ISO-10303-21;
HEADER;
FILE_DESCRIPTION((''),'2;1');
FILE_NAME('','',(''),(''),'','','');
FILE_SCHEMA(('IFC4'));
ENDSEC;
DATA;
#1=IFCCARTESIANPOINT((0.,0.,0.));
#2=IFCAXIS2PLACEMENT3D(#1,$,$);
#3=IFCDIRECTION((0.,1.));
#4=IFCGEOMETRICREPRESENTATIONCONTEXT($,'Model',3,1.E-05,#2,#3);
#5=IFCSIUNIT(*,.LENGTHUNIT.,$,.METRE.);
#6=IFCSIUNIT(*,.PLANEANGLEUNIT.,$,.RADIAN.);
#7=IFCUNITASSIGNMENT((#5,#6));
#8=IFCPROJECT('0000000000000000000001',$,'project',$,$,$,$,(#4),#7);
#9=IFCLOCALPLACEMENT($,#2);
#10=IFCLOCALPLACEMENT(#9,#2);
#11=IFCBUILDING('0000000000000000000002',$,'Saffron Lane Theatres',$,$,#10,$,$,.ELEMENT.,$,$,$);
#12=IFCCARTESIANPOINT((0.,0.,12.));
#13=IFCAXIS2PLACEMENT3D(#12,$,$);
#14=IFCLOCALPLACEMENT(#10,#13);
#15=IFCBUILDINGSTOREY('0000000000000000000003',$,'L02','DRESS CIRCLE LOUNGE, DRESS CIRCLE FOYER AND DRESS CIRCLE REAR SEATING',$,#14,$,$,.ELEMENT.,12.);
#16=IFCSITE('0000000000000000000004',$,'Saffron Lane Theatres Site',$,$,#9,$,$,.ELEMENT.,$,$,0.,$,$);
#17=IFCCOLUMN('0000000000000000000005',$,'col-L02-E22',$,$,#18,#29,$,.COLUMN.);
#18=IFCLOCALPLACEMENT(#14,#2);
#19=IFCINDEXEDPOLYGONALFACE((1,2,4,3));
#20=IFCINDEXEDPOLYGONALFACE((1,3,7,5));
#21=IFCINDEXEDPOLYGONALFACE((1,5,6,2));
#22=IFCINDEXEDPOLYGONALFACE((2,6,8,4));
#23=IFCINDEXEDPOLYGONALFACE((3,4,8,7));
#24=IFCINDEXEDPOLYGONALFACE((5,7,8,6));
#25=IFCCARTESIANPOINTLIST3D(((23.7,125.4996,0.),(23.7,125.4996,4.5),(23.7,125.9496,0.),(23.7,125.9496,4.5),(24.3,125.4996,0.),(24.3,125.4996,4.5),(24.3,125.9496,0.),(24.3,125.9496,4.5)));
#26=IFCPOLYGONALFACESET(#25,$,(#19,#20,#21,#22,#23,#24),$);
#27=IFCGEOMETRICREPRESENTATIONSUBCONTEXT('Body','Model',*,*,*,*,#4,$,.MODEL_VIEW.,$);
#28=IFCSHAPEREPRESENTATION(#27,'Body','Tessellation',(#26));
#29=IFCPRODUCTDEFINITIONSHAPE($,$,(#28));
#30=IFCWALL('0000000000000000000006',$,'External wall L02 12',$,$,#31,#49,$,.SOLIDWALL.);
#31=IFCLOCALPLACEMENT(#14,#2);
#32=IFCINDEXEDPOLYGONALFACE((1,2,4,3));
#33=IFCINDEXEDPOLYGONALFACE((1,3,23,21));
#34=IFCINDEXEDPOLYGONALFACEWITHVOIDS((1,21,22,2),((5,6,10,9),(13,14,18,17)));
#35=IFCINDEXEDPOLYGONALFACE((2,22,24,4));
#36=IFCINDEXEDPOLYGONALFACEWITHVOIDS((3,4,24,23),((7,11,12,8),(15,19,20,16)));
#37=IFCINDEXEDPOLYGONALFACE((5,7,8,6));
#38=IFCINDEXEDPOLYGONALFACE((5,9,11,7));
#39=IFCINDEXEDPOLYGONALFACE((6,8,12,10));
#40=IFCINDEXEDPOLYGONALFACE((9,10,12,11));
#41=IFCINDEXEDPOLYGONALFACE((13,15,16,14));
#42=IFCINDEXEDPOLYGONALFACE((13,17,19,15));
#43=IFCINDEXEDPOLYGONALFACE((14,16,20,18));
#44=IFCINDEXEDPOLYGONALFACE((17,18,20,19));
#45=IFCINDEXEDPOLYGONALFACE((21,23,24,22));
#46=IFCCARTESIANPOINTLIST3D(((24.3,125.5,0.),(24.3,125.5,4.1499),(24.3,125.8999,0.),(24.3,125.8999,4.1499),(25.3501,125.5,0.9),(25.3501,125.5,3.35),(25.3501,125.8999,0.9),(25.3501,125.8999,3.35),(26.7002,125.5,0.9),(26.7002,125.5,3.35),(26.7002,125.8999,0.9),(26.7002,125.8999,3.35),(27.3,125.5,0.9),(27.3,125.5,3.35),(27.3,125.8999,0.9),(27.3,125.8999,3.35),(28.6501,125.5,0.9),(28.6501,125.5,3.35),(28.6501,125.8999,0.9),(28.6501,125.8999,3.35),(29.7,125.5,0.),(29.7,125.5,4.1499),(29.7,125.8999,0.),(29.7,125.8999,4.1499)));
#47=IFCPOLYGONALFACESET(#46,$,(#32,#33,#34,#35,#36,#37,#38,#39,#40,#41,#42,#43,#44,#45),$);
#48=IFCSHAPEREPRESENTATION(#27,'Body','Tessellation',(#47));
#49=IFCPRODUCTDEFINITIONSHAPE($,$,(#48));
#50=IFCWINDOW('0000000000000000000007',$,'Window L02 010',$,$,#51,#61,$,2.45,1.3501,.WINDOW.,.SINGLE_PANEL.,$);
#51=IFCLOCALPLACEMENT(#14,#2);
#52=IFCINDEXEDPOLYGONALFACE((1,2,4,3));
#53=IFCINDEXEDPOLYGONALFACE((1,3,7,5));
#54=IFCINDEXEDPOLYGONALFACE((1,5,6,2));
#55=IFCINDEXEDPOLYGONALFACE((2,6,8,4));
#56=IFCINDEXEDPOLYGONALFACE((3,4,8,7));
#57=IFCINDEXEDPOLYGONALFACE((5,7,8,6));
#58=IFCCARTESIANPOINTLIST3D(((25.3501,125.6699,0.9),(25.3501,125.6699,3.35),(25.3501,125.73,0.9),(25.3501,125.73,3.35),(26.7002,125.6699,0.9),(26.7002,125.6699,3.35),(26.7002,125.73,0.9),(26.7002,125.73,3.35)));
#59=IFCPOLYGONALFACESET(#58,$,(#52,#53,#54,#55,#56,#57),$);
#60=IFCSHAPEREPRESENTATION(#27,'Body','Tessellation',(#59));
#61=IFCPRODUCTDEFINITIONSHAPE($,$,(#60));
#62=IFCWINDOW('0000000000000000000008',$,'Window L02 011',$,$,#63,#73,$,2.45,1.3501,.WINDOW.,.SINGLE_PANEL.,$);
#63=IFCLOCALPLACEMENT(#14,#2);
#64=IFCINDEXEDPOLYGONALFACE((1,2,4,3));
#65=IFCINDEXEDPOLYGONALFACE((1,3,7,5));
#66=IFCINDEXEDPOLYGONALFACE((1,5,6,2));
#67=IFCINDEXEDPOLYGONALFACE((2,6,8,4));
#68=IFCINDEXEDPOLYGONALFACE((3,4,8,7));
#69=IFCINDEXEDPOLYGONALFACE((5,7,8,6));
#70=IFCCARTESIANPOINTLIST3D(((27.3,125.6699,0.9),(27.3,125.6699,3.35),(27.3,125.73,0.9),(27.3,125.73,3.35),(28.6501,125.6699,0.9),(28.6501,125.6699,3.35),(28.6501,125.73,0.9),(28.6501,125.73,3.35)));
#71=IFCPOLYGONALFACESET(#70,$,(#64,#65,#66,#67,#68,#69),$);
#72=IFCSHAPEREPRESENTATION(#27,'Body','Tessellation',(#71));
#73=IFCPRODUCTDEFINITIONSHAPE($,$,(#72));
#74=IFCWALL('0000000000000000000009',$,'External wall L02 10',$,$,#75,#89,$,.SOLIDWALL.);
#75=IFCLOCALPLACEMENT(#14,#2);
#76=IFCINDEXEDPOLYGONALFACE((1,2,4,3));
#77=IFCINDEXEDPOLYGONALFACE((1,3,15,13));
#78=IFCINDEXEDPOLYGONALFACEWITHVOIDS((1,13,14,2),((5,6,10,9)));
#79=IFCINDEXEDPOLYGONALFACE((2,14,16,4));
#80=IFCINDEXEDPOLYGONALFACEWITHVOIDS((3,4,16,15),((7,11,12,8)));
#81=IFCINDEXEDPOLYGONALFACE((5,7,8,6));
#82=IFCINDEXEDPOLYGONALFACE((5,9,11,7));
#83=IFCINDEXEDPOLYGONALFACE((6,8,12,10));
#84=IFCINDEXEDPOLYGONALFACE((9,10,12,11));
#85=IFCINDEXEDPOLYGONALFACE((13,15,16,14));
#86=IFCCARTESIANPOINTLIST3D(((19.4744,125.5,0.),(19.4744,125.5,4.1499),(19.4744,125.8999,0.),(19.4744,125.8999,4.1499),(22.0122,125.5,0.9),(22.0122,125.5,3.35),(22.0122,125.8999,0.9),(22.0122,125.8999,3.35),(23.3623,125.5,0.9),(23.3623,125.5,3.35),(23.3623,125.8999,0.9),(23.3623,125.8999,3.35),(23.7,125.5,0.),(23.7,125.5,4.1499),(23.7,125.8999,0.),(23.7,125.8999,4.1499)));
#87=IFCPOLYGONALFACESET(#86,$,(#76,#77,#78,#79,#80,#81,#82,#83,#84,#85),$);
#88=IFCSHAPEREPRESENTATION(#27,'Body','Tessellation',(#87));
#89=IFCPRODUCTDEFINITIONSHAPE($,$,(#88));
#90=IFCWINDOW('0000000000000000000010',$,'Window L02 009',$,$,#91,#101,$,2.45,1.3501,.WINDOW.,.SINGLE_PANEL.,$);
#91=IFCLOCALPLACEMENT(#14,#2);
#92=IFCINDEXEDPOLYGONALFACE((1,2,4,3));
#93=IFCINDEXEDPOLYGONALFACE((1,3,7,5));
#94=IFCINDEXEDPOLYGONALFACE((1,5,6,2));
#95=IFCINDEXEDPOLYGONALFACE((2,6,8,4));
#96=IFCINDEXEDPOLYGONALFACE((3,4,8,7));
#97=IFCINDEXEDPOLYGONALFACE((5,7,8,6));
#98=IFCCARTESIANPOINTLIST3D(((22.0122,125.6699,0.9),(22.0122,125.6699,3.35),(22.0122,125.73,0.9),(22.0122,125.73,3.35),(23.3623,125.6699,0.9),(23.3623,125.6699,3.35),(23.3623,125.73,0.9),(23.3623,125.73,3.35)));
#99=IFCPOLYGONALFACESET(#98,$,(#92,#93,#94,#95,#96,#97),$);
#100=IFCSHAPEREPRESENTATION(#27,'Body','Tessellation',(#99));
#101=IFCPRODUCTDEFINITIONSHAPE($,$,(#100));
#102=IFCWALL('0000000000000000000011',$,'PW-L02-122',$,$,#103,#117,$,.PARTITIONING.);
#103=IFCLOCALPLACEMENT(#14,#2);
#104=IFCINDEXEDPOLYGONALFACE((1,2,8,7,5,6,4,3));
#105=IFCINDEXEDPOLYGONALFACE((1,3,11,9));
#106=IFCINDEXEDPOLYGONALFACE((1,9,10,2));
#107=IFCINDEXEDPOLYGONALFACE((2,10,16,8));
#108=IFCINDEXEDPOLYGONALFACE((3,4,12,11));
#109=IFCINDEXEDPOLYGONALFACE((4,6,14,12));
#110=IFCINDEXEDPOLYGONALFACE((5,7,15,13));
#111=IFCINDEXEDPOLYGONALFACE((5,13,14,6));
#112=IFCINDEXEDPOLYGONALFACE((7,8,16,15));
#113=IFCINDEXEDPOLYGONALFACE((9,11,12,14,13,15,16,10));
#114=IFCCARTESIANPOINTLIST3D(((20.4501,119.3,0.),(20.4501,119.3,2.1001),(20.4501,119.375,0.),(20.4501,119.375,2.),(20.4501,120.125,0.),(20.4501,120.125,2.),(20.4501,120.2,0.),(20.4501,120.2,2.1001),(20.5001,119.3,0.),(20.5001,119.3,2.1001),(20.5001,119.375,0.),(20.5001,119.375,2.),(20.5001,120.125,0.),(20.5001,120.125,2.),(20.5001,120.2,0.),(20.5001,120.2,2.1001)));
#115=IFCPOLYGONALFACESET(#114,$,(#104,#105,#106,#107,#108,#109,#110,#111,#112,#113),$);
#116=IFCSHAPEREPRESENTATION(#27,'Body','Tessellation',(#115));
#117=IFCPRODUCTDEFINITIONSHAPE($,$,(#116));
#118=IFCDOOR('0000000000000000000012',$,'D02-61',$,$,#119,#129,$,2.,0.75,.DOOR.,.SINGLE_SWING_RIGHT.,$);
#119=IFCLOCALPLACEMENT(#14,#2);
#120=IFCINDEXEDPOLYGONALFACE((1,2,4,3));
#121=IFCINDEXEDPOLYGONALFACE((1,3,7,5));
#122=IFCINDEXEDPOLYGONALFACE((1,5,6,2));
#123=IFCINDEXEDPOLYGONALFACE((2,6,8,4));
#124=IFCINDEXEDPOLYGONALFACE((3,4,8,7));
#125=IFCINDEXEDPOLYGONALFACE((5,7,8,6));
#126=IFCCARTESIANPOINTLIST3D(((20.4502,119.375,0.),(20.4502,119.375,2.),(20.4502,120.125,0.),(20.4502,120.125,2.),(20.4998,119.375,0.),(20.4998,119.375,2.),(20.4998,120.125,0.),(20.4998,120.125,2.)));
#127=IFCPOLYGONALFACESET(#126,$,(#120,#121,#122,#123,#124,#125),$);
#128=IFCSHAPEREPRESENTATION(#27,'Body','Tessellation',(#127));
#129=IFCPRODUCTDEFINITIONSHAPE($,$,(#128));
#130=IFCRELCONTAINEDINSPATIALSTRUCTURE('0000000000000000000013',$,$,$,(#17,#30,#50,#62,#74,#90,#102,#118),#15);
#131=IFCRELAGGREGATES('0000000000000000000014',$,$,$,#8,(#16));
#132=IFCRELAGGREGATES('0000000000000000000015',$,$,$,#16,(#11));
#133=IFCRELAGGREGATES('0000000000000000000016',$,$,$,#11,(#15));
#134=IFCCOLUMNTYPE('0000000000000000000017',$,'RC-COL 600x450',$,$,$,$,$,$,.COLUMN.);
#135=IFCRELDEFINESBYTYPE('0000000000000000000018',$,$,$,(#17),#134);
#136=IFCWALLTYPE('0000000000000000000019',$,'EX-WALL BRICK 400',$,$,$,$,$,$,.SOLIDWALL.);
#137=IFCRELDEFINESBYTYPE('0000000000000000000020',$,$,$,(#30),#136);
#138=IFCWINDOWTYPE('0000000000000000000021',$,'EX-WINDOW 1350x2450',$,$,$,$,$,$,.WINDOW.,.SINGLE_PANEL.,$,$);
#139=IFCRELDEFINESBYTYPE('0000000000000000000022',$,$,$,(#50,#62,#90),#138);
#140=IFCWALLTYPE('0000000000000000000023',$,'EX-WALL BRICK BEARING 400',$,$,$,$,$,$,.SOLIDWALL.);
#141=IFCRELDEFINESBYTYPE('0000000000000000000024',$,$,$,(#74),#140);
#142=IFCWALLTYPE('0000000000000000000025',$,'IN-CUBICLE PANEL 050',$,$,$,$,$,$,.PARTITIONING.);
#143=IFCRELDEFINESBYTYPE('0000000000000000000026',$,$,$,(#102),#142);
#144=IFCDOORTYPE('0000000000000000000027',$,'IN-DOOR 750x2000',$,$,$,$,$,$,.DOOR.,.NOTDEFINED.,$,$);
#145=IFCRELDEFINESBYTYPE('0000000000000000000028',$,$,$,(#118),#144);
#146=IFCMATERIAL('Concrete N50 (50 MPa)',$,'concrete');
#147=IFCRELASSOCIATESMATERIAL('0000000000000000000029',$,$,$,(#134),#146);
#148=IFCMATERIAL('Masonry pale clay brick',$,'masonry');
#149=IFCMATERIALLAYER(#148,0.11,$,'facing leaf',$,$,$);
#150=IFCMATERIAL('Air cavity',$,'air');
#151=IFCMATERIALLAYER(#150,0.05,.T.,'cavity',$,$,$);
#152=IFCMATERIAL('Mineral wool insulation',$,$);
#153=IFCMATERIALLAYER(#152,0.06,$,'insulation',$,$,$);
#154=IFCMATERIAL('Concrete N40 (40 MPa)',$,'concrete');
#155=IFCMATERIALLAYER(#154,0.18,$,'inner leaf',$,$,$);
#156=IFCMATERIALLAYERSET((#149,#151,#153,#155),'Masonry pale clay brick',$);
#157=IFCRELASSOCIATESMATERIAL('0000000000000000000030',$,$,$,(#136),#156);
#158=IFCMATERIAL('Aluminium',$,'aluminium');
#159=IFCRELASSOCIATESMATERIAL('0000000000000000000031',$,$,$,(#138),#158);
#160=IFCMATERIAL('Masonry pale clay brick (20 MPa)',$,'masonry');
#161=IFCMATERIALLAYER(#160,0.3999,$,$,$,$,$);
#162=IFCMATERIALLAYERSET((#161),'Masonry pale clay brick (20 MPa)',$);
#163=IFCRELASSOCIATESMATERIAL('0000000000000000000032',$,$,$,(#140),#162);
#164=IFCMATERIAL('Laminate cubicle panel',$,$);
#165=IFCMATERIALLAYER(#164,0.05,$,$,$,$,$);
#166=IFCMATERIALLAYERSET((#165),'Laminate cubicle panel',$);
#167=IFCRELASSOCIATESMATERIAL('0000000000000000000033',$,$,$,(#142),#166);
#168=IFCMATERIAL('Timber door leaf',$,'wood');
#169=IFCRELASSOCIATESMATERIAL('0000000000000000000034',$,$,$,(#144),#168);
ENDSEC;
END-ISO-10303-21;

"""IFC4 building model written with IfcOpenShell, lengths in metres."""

from ifc_helpers import new_model, si_unit, direction, frame, frame_2d, origin, origin_2d, place, context, subcontext, project, spatial, rectangle, extrude, material, layer, layer_set, material_profile, profile_set, type_object, element, fill, save


model = new_model("IFC4")

# Units and contexts
model_context = context("Model", 3, precision=1e-05, world=origin(), true_north=direction((0.0, 1.0)))
body_context = subcontext(model_context, "Body", "Model", "MODEL_VIEW")
ifc_project = project(units=[si_unit("LENGTHUNIT", "METRE"), si_unit("PLANEANGLEUNIT", "RADIAN")], contexts=[model_context])

# Site, building, storey
site_placement = place(None, origin())
site = spatial("IfcSite", under=ifc_project, at=site_placement, Name="Saffron Lane Theatres Site", CompositionType="ELEMENT", RefElevation=0.0)
building_placement = place(site_placement, origin())
building = spatial("IfcBuilding", under=site, at=building_placement, Name="Saffron Lane Theatres", CompositionType="ELEMENT")
storey_placement = place(building_placement, frame((0.0, 0.0, 12.0)))
storey = spatial("IfcBuildingStorey", under=building, at=storey_placement, Name="L02", Description="DRESS CIRCLE LOUNGE, DRESS CIRCLE FOYER AND DRESS CIRCLE REAR SEATING", CompositionType="ELEMENT", Elevation=12.0)

# Column
ifc_material_1 = material(Name="Concrete N50 (50 MPa)", Category="concrete")
ifc_material_profile = material_profile(ifc_material_1, rectangle(XDim=0.6001, YDim=0.45, at=origin_2d()))
ifc_profile_set = profile_set([ifc_material_profile], Name="Concrete N50 (50 MPa)")
column_type = type_object("IfcColumnType", Name="RC-COL 600x450", PredefinedType="COLUMN", material=ifc_profile_set)
column_placement = place(storey_placement, frame((24.0, 125.7246, 0.0), z_axis=(0.0, 0.0, 1.0), x_axis=(1.0, 0.0, 0.0)))
element("IfcColumn", 1, at=column_placement, inside=storey, type_object=column_type, Name="col-L02-E22", PredefinedType="COLUMN", context=body_context, shape_type="SweptSolid", body=[
    extrude(rectangle(XDim=0.6001, YDim=0.45, at=origin_2d()), origin(), (0.0, 0.0, 1.0), 4.5),
])

# Wall, openings, windows
ifc_material_2 = material(Name="Masonry pale clay brick", Category="masonry")
ifc_layer_1 = layer(ifc_material_2, 0.11, Name="facing leaf")
ifc_material_3 = material(Name="Air cavity", Category="air")
ifc_layer_2 = layer(ifc_material_3, 0.05, ventilated=True, Name="cavity")
ifc_material_4 = material(Name="Mineral wool insulation")
ifc_layer_3 = layer(ifc_material_4, 0.06, Name="insulation")
ifc_material_5 = material(Name="Concrete N40 (40 MPa)", Category="concrete")
ifc_layer_4 = layer(ifc_material_5, 0.18, Name="inner leaf")
ifc_layer_set_1 = layer_set([ifc_layer_1, ifc_layer_2, ifc_layer_3, ifc_layer_4], Name="Masonry pale clay brick")
wall_type_1 = type_object("IfcWallType", Name="EX-WALL BRICK 400", PredefinedType="SOLIDWALL", material=ifc_layer_set_1)
wall_1_placement = place(storey_placement, frame((24.3, 125.7, 0.0), z_axis=(0.0, 0.0, 1.0), x_axis=(1.0, 0.0, 0.0)))
wall_1 = element("IfcWall", 2, at=wall_1_placement, inside=storey, type_object=wall_type_1, Name="External wall L02 12", PredefinedType="SOLIDWALL", context=body_context, shape_type="SweptSolid", body=[
    extrude(rectangle(XDim=5.3999, YDim=0.3999, at=frame_2d((2.7, 0.0))), origin(), (0.0, 0.0, 1.0), 4.1499),
])
opening_1_placement = place(wall_1_placement, frame((1.05, 0.0, 0.8999)))
opening_1 = element("IfcOpeningElement", 3, at=opening_1_placement, cuts=wall_1, PredefinedType="OPENING", context=body_context, shape_type="SweptSolid", body=[
    extrude(rectangle(XDim=1.3501, YDim=2.45, at=frame_2d((0.675, 1.2251))), frame((0.0, 0.21, 0.0), z_axis=(0.0, -1.0, 0.0), x_axis=(1.0, 0.0, 0.0)), (0.0, 0.0, 1.0), 0.4199),
])
opening_2_placement = place(wall_1_placement, frame((3.0, 0.0, 0.8999)))
opening_2 = element("IfcOpeningElement", 4, at=opening_2_placement, cuts=wall_1, PredefinedType="OPENING", context=body_context, shape_type="SweptSolid", body=[
    extrude(rectangle(XDim=1.3501, YDim=2.45, at=frame_2d((0.675, 1.2251))), frame((0.0, 0.21, 0.0), z_axis=(0.0, -1.0, 0.0), x_axis=(1.0, 0.0, 0.0)), (0.0, 0.0, 1.0), 0.4199),
])
ifc_material_6 = material(Name="Aluminium", Category="aluminium")
window_type = type_object("IfcWindowType", Name="EX-WINDOW 1350x2450", PartitioningType="SINGLE_PANEL", PredefinedType="WINDOW", material=ifc_material_6)
window_1_placement = place(opening_1_placement, origin())
window_1 = element("IfcWindow", 5, at=window_1_placement, inside=storey, type_object=window_type, Name="Window L02 010", OverallHeight=2.45, OverallWidth=1.3501, PartitioningType="SINGLE_PANEL", PredefinedType="WINDOW", context=body_context, shape_type="SweptSolid", body=[
    extrude(rectangle(XDim=1.3501, YDim=2.45, at=frame_2d((0.675, 1.2251))), frame((0.0, 0.03, 0.0), z_axis=(0.0, -1.0, 0.0), x_axis=(1.0, 0.0, 0.0)), (0.0, 0.0, 1.0), 0.0601),
])
fill(opening_1, window_1)
window_2_placement = place(opening_2_placement, origin())
window_2 = element("IfcWindow", 6, at=window_2_placement, inside=storey, type_object=window_type, Name="Window L02 011", OverallHeight=2.45, OverallWidth=1.3501, PartitioningType="SINGLE_PANEL", PredefinedType="WINDOW", context=body_context, shape_type="SweptSolid", body=[
    extrude(rectangle(XDim=1.3501, YDim=2.45, at=frame_2d((0.675, 1.2251))), frame((0.0, 0.03, 0.0), z_axis=(0.0, -1.0, 0.0), x_axis=(1.0, 0.0, 0.0)), (0.0, 0.0, 1.0), 0.0601),
])
fill(opening_2, window_2)

# Wall, opening, window
ifc_material_7 = material(Name="Masonry pale clay brick (20 MPa)", Category="masonry")
ifc_layer_5 = layer(ifc_material_7, 0.3999)
ifc_layer_set_2 = layer_set([ifc_layer_5], Name="Masonry pale clay brick (20 MPa)")
wall_type_2 = type_object("IfcWallType", Name="EX-WALL BRICK BEARING 400", PredefinedType="SOLIDWALL", material=ifc_layer_set_2)
wall_2_placement = place(storey_placement, frame((19.4744, 125.7, 0.0), z_axis=(0.0, 0.0, 1.0), x_axis=(1.0, 0.0, 0.0)))
wall_2 = element("IfcWall", 7, at=wall_2_placement, inside=storey, type_object=wall_type_2, Name="External wall L02 10", PredefinedType="SOLIDWALL", context=body_context, shape_type="SweptSolid", body=[
    extrude(rectangle(XDim=4.2256, YDim=0.3999, at=frame_2d((2.1128, 0.0))), origin(), (0.0, 0.0, 1.0), 4.1499),
])
opening_3_placement = place(wall_2_placement, frame((2.5378, 0.0, 0.8999)))
opening_3 = element("IfcOpeningElement", 8, at=opening_3_placement, cuts=wall_2, PredefinedType="OPENING", context=body_context, shape_type="SweptSolid", body=[
    extrude(rectangle(XDim=1.3501, YDim=2.45, at=frame_2d((0.675, 1.2251))), frame((0.0, 0.21, 0.0), z_axis=(0.0, -1.0, 0.0), x_axis=(1.0, 0.0, 0.0)), (0.0, 0.0, 1.0), 0.4199),
])
window_3_placement = place(opening_3_placement, origin())
window_3 = element("IfcWindow", 9, at=window_3_placement, inside=storey, type_object=window_type, Name="Window L02 009", OverallHeight=2.45, OverallWidth=1.3501, PartitioningType="SINGLE_PANEL", PredefinedType="WINDOW", context=body_context, shape_type="SweptSolid", body=[
    extrude(rectangle(XDim=1.3501, YDim=2.45, at=frame_2d((0.675, 1.2251))), frame((0.0, 0.03, 0.0), z_axis=(0.0, -1.0, 0.0), x_axis=(1.0, 0.0, 0.0)), (0.0, 0.0, 1.0), 0.0601),
])
fill(opening_3, window_3)

# Wall, opening, door
ifc_material_8 = material(Name="Laminate cubicle panel")
ifc_layer_6 = layer(ifc_material_8, 0.05)
ifc_layer_set_3 = layer_set([ifc_layer_6], Name="Laminate cubicle panel")
wall_type_3 = type_object("IfcWallType", Name="IN-CUBICLE PANEL 050", PredefinedType="PARTITIONING", material=ifc_layer_set_3)
wall_3_placement = place(storey_placement, frame((20.4751, 119.3, 0.0), z_axis=(0.0, 0.0, 1.0), x_axis=(0.0, 1.0, 0.0)))
wall_3 = element("IfcWall", 10, at=wall_3_placement, inside=storey, type_object=wall_type_3, Name="PW-L02-122", PredefinedType="PARTITIONING", context=body_context, shape_type="SweptSolid", body=[
    extrude(rectangle(XDim=0.8999, YDim=0.05, at=frame_2d((0.45, 0.0))), origin(), (0.0, 0.0, 1.0), 2.1001),
])
opening_4_placement = place(wall_3_placement, frame((0.075, 0.0, 0.0)))
opening_4 = element("IfcOpeningElement", 11, at=opening_4_placement, cuts=wall_3, PredefinedType="OPENING", context=body_context, shape_type="SweptSolid", body=[
    extrude(rectangle(XDim=0.75, YDim=2.0, at=frame_2d((0.375, 1.0))), frame((0.0, 0.0352, 0.0), z_axis=(0.0, -1.0, 0.0), x_axis=(1.0, 0.0, 0.0)), (0.0, 0.0, 1.0), 0.0701),
])
ifc_material_9 = material(Name="Timber door leaf", Category="wood")
door_type_1 = type_object("IfcDoorType", Name="IN-DOOR 750x2000", OperationType="NOTDEFINED", PredefinedType="DOOR", material=ifc_material_9)
door_1_placement = place(opening_4_placement, origin())
door_1 = element("IfcDoor", 12, at=door_1_placement, inside=storey, type_object=door_type_1, Name="D02-61", OperationType="SINGLE_SWING_RIGHT", OverallHeight=2.0, OverallWidth=0.75, PredefinedType="DOOR", context=body_context, shape_type="SweptSolid", body=[
    extrude(rectangle(XDim=0.75, YDim=2.0, at=frame_2d((0.375, 1.0))), frame((0.0, 0.0249, 0.0), z_axis=(0.0, -1.0, 0.0), x_axis=(1.0, 0.0, 0.0)), (0.0, 0.0, 1.0), 0.0496),
])
fill(opening_4, door_1)

save(model, "model.ifc")
